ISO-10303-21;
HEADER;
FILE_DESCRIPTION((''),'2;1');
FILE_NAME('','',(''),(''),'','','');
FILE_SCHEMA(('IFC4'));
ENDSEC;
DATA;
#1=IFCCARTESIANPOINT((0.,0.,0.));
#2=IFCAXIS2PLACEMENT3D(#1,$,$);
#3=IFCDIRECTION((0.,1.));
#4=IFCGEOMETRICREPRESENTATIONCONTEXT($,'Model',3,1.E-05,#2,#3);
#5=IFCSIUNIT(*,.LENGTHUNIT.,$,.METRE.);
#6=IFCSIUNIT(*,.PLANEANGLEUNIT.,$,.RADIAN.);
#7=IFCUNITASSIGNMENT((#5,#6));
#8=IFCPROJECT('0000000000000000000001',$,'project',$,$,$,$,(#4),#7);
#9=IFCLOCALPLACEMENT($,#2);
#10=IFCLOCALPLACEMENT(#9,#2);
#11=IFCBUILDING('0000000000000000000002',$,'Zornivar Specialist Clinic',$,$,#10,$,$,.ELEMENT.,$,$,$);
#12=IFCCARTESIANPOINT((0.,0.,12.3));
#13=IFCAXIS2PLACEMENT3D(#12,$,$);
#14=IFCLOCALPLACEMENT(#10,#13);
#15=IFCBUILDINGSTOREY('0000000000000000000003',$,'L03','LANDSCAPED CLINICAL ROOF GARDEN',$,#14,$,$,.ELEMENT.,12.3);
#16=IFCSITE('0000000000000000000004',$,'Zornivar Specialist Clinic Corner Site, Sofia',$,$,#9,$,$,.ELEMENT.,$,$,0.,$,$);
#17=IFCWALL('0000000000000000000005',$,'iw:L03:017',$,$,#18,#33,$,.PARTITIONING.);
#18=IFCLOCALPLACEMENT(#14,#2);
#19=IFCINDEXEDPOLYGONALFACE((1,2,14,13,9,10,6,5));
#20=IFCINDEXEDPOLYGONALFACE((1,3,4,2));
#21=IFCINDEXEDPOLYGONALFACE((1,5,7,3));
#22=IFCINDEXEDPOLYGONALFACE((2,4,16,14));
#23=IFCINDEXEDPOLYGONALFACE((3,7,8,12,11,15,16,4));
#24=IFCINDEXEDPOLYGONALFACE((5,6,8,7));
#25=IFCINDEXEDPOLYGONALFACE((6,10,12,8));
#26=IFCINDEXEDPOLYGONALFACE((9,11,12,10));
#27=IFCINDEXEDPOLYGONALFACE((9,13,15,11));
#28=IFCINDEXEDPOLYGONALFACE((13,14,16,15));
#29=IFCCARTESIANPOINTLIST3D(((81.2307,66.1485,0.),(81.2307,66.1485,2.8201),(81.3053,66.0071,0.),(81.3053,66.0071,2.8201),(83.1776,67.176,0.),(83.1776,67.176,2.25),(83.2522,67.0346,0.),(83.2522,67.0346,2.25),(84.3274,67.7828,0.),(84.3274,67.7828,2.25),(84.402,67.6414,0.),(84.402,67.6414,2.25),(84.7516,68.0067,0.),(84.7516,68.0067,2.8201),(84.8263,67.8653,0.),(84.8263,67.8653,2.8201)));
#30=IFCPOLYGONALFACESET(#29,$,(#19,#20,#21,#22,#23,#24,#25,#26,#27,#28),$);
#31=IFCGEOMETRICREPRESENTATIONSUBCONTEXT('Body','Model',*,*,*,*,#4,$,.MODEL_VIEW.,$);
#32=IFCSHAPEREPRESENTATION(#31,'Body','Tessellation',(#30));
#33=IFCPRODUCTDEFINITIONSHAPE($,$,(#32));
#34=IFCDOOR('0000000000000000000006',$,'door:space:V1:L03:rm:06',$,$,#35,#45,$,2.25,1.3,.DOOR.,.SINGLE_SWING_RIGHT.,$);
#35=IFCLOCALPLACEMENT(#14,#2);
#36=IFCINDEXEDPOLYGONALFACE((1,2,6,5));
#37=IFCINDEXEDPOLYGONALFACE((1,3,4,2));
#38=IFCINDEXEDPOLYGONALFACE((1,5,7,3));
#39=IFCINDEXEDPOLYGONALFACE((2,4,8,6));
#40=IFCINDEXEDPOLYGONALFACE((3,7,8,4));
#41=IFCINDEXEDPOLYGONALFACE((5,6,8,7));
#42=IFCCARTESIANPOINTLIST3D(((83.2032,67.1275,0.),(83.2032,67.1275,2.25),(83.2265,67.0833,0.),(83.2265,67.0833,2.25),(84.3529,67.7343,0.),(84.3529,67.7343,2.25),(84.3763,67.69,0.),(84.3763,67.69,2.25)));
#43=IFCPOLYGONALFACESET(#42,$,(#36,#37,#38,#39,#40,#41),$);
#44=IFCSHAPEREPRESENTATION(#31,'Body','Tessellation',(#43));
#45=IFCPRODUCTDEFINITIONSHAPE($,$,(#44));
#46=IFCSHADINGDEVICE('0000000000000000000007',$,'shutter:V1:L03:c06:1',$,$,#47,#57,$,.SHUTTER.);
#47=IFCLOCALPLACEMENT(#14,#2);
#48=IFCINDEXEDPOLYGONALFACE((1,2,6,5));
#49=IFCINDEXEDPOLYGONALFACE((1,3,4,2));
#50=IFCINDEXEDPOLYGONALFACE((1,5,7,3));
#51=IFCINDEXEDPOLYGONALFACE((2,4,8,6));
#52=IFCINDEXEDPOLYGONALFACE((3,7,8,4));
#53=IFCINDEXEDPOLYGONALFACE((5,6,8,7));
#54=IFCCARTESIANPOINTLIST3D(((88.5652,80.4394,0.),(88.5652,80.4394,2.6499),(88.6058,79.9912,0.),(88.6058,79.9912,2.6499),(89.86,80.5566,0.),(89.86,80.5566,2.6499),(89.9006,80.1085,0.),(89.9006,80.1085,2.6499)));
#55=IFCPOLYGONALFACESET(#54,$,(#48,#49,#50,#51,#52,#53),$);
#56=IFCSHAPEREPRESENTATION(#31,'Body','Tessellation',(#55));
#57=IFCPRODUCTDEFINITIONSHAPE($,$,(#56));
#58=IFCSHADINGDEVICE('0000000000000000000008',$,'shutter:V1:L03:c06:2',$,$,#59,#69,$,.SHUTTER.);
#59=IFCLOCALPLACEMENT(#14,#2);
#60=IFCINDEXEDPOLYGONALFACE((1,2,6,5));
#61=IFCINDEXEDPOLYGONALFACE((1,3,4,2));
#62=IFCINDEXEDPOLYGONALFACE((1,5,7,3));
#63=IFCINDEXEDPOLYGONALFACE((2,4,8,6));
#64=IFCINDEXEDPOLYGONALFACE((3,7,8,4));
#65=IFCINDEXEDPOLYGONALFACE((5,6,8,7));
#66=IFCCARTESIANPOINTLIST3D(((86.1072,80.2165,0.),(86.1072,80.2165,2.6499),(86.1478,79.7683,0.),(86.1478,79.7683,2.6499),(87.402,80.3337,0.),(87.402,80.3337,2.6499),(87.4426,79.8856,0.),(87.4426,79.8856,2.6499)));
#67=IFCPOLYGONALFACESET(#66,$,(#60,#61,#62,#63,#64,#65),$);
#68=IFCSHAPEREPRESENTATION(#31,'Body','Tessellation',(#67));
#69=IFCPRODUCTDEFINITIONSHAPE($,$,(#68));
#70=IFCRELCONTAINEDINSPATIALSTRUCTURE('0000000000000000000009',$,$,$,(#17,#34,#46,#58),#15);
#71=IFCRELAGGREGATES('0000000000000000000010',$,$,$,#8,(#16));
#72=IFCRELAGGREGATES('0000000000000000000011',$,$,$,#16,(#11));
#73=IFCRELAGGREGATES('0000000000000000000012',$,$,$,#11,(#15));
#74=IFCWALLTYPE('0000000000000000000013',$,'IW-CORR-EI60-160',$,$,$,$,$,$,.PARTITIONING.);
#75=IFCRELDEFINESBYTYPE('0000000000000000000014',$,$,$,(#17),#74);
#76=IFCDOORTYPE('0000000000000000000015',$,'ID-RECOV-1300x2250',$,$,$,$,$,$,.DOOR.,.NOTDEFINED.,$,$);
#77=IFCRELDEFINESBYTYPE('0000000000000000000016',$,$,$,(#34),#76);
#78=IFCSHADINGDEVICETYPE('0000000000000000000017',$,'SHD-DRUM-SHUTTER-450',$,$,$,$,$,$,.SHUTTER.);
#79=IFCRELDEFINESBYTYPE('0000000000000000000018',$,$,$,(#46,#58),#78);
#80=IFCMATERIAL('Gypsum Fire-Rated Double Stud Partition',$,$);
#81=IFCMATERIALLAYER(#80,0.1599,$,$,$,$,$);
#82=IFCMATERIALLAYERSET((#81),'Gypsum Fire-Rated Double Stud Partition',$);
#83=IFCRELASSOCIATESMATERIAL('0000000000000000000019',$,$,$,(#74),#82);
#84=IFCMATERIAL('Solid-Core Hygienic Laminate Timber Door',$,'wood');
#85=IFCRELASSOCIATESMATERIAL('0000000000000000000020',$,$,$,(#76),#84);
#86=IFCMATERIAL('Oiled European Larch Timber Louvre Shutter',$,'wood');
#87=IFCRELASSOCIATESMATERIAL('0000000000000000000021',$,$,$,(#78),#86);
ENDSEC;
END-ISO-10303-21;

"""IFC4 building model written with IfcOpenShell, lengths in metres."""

from ifc_helpers import new_model, si_unit, direction, frame, frame_2d, origin, origin_2d, place, context, subcontext, project, spatial, rectangle, extrude, material, layer, layer_set, type_object, element, fill, save


model = new_model("IFC4")

# Units and contexts
model_context = context("Model", 3, precision=1e-05, world=origin(), true_north=direction((0.0, 1.0)))
body_context = subcontext(model_context, "Body", "Model", "MODEL_VIEW")
ifc_project = project(units=[si_unit("LENGTHUNIT", "METRE"), si_unit("PLANEANGLEUNIT", "RADIAN")], contexts=[model_context])

# Site, building, storey
site_placement = place(None, origin())
site = spatial("IfcSite", under=ifc_project, at=site_placement, Name="Zornivar Specialist Clinic Corner Site, Sofia", CompositionType="ELEMENT", RefElevation=0.0)
building_placement = place(site_placement, origin())
building = spatial("IfcBuilding", under=site, at=building_placement, Name="Zornivar Specialist Clinic", CompositionType="ELEMENT")
storey_placement = place(building_placement, frame((0.0, 0.0, 12.3)))
storey = spatial("IfcBuildingStorey", under=building, at=storey_placement, Name="L03", Description="LANDSCAPED CLINICAL ROOF GARDEN", CompositionType="ELEMENT", Elevation=12.3)

# Shared definitions
ifc_material_1 = material(Name="Gypsum Fire-Rated Double Stud Partition")
ifc_layer_1 = layer(ifc_material_1, 0.1599)
ifc_layer_set_1 = layer_set([ifc_layer_1], Name="Gypsum Fire-Rated Double Stud Partition")
wall_type_1 = type_object("IfcWallType", Name="IW-CORR-EI60-160", PredefinedType="PARTITIONING", material=ifc_layer_set_1)

# Wall, opening, door
wall_1_placement = place(storey_placement, frame((84.7891, 67.936, 0.0), z_axis=(0.0, 0.0, 1.0), x_axis=(-0.8844, -0.466729, 0.0)))
wall_1 = element("IfcWall", 1, at=wall_1_placement, inside=storey, type_object=wall_type_1, Name="iw:L03:017", PredefinedType="PARTITIONING", context=body_context, shape_type="SweptSolid", body=[
    extrude(rectangle(XDim=3.9812, YDim=0.1599, at=frame_2d((1.9907, 0.0))), origin(), (0.0, 0.0, 1.0), 2.8201),
])
opening_placement = place(wall_1_placement, frame((0.48, 0.0, 0.0)))
opening = element("IfcOpeningElement", 2, at=opening_placement, cuts=wall_1, PredefinedType="OPENING", context=body_context, shape_type="SweptSolid", body=[
    extrude(rectangle(XDim=1.3, YDim=2.25, at=frame_2d((0.6499, 1.125))), frame((0.0, 0.0898, 0.0), z_axis=(0.0, -1.0, 0.0), x_axis=(1.0, 0.0, 0.0)), (0.0, 0.0, 1.0), 0.1799),
])
ifc_material_2 = material(Name="Solid-Core Hygienic Laminate Timber Door", Category="wood")
door_type = type_object("IfcDoorType", Name="ID-RECOV-1300x2250", OperationType="NOTDEFINED", PredefinedType="DOOR", material=ifc_material_2)
door_placement = place(opening_placement, origin())
door = element("IfcDoor", 3, at=door_placement, inside=storey, type_object=door_type, Name="door:space:V1:L03:rm:06", OperationType="SINGLE_SWING_RIGHT", OverallHeight=2.25, OverallWidth=1.3, PredefinedType="DOOR", context=body_context, shape_type="SweptSolid", body=[
    extrude(rectangle(XDim=1.3, YDim=2.25, at=frame_2d((0.6499, 1.125))), frame((0.0, 0.0249, 0.0), z_axis=(0.0, -1.0, 0.0), x_axis=(1.0, 0.0, 0.0)), (0.0, 0.0, 1.0), 0.05),
])
fill(opening, door)

# Shading devices
ifc_material_3 = material(Name="Oiled European Larch Timber Louvre Shutter", Category="wood")
shading_device_type = type_object("IfcShadingDeviceType", Name="SHD-DRUM-SHUTTER-450", PredefinedType="SHUTTER", material=ifc_material_3)
for number, where, z_axis, x_axis, name in (
    (4, (89.2329, 80.2739, 0.0), (0.0, 0.0, 1.0), (-0.995925, -0.090188, 0.0), "shutter:V1:L03:c06:1"),
    (5, (86.7749, 80.051, 0.0), (0.0, 0.0, 1.0), (-0.995925, -0.090188, 0.0), "shutter:V1:L03:c06:2"),
):
    element("IfcShadingDevice", number, at=place(storey_placement, frame(where, z_axis=z_axis, x_axis=x_axis)), inside=storey, type_object=shading_device_type, Name=name, PredefinedType="SHUTTER", context=body_context, shape_type="SweptSolid", body=[
        extrude(rectangle(XDim=1.3, YDim=0.45, at=origin_2d()), origin(), (0.0, 0.0, 1.0), 2.6499),
    ])

save(model, "model.ifc")
